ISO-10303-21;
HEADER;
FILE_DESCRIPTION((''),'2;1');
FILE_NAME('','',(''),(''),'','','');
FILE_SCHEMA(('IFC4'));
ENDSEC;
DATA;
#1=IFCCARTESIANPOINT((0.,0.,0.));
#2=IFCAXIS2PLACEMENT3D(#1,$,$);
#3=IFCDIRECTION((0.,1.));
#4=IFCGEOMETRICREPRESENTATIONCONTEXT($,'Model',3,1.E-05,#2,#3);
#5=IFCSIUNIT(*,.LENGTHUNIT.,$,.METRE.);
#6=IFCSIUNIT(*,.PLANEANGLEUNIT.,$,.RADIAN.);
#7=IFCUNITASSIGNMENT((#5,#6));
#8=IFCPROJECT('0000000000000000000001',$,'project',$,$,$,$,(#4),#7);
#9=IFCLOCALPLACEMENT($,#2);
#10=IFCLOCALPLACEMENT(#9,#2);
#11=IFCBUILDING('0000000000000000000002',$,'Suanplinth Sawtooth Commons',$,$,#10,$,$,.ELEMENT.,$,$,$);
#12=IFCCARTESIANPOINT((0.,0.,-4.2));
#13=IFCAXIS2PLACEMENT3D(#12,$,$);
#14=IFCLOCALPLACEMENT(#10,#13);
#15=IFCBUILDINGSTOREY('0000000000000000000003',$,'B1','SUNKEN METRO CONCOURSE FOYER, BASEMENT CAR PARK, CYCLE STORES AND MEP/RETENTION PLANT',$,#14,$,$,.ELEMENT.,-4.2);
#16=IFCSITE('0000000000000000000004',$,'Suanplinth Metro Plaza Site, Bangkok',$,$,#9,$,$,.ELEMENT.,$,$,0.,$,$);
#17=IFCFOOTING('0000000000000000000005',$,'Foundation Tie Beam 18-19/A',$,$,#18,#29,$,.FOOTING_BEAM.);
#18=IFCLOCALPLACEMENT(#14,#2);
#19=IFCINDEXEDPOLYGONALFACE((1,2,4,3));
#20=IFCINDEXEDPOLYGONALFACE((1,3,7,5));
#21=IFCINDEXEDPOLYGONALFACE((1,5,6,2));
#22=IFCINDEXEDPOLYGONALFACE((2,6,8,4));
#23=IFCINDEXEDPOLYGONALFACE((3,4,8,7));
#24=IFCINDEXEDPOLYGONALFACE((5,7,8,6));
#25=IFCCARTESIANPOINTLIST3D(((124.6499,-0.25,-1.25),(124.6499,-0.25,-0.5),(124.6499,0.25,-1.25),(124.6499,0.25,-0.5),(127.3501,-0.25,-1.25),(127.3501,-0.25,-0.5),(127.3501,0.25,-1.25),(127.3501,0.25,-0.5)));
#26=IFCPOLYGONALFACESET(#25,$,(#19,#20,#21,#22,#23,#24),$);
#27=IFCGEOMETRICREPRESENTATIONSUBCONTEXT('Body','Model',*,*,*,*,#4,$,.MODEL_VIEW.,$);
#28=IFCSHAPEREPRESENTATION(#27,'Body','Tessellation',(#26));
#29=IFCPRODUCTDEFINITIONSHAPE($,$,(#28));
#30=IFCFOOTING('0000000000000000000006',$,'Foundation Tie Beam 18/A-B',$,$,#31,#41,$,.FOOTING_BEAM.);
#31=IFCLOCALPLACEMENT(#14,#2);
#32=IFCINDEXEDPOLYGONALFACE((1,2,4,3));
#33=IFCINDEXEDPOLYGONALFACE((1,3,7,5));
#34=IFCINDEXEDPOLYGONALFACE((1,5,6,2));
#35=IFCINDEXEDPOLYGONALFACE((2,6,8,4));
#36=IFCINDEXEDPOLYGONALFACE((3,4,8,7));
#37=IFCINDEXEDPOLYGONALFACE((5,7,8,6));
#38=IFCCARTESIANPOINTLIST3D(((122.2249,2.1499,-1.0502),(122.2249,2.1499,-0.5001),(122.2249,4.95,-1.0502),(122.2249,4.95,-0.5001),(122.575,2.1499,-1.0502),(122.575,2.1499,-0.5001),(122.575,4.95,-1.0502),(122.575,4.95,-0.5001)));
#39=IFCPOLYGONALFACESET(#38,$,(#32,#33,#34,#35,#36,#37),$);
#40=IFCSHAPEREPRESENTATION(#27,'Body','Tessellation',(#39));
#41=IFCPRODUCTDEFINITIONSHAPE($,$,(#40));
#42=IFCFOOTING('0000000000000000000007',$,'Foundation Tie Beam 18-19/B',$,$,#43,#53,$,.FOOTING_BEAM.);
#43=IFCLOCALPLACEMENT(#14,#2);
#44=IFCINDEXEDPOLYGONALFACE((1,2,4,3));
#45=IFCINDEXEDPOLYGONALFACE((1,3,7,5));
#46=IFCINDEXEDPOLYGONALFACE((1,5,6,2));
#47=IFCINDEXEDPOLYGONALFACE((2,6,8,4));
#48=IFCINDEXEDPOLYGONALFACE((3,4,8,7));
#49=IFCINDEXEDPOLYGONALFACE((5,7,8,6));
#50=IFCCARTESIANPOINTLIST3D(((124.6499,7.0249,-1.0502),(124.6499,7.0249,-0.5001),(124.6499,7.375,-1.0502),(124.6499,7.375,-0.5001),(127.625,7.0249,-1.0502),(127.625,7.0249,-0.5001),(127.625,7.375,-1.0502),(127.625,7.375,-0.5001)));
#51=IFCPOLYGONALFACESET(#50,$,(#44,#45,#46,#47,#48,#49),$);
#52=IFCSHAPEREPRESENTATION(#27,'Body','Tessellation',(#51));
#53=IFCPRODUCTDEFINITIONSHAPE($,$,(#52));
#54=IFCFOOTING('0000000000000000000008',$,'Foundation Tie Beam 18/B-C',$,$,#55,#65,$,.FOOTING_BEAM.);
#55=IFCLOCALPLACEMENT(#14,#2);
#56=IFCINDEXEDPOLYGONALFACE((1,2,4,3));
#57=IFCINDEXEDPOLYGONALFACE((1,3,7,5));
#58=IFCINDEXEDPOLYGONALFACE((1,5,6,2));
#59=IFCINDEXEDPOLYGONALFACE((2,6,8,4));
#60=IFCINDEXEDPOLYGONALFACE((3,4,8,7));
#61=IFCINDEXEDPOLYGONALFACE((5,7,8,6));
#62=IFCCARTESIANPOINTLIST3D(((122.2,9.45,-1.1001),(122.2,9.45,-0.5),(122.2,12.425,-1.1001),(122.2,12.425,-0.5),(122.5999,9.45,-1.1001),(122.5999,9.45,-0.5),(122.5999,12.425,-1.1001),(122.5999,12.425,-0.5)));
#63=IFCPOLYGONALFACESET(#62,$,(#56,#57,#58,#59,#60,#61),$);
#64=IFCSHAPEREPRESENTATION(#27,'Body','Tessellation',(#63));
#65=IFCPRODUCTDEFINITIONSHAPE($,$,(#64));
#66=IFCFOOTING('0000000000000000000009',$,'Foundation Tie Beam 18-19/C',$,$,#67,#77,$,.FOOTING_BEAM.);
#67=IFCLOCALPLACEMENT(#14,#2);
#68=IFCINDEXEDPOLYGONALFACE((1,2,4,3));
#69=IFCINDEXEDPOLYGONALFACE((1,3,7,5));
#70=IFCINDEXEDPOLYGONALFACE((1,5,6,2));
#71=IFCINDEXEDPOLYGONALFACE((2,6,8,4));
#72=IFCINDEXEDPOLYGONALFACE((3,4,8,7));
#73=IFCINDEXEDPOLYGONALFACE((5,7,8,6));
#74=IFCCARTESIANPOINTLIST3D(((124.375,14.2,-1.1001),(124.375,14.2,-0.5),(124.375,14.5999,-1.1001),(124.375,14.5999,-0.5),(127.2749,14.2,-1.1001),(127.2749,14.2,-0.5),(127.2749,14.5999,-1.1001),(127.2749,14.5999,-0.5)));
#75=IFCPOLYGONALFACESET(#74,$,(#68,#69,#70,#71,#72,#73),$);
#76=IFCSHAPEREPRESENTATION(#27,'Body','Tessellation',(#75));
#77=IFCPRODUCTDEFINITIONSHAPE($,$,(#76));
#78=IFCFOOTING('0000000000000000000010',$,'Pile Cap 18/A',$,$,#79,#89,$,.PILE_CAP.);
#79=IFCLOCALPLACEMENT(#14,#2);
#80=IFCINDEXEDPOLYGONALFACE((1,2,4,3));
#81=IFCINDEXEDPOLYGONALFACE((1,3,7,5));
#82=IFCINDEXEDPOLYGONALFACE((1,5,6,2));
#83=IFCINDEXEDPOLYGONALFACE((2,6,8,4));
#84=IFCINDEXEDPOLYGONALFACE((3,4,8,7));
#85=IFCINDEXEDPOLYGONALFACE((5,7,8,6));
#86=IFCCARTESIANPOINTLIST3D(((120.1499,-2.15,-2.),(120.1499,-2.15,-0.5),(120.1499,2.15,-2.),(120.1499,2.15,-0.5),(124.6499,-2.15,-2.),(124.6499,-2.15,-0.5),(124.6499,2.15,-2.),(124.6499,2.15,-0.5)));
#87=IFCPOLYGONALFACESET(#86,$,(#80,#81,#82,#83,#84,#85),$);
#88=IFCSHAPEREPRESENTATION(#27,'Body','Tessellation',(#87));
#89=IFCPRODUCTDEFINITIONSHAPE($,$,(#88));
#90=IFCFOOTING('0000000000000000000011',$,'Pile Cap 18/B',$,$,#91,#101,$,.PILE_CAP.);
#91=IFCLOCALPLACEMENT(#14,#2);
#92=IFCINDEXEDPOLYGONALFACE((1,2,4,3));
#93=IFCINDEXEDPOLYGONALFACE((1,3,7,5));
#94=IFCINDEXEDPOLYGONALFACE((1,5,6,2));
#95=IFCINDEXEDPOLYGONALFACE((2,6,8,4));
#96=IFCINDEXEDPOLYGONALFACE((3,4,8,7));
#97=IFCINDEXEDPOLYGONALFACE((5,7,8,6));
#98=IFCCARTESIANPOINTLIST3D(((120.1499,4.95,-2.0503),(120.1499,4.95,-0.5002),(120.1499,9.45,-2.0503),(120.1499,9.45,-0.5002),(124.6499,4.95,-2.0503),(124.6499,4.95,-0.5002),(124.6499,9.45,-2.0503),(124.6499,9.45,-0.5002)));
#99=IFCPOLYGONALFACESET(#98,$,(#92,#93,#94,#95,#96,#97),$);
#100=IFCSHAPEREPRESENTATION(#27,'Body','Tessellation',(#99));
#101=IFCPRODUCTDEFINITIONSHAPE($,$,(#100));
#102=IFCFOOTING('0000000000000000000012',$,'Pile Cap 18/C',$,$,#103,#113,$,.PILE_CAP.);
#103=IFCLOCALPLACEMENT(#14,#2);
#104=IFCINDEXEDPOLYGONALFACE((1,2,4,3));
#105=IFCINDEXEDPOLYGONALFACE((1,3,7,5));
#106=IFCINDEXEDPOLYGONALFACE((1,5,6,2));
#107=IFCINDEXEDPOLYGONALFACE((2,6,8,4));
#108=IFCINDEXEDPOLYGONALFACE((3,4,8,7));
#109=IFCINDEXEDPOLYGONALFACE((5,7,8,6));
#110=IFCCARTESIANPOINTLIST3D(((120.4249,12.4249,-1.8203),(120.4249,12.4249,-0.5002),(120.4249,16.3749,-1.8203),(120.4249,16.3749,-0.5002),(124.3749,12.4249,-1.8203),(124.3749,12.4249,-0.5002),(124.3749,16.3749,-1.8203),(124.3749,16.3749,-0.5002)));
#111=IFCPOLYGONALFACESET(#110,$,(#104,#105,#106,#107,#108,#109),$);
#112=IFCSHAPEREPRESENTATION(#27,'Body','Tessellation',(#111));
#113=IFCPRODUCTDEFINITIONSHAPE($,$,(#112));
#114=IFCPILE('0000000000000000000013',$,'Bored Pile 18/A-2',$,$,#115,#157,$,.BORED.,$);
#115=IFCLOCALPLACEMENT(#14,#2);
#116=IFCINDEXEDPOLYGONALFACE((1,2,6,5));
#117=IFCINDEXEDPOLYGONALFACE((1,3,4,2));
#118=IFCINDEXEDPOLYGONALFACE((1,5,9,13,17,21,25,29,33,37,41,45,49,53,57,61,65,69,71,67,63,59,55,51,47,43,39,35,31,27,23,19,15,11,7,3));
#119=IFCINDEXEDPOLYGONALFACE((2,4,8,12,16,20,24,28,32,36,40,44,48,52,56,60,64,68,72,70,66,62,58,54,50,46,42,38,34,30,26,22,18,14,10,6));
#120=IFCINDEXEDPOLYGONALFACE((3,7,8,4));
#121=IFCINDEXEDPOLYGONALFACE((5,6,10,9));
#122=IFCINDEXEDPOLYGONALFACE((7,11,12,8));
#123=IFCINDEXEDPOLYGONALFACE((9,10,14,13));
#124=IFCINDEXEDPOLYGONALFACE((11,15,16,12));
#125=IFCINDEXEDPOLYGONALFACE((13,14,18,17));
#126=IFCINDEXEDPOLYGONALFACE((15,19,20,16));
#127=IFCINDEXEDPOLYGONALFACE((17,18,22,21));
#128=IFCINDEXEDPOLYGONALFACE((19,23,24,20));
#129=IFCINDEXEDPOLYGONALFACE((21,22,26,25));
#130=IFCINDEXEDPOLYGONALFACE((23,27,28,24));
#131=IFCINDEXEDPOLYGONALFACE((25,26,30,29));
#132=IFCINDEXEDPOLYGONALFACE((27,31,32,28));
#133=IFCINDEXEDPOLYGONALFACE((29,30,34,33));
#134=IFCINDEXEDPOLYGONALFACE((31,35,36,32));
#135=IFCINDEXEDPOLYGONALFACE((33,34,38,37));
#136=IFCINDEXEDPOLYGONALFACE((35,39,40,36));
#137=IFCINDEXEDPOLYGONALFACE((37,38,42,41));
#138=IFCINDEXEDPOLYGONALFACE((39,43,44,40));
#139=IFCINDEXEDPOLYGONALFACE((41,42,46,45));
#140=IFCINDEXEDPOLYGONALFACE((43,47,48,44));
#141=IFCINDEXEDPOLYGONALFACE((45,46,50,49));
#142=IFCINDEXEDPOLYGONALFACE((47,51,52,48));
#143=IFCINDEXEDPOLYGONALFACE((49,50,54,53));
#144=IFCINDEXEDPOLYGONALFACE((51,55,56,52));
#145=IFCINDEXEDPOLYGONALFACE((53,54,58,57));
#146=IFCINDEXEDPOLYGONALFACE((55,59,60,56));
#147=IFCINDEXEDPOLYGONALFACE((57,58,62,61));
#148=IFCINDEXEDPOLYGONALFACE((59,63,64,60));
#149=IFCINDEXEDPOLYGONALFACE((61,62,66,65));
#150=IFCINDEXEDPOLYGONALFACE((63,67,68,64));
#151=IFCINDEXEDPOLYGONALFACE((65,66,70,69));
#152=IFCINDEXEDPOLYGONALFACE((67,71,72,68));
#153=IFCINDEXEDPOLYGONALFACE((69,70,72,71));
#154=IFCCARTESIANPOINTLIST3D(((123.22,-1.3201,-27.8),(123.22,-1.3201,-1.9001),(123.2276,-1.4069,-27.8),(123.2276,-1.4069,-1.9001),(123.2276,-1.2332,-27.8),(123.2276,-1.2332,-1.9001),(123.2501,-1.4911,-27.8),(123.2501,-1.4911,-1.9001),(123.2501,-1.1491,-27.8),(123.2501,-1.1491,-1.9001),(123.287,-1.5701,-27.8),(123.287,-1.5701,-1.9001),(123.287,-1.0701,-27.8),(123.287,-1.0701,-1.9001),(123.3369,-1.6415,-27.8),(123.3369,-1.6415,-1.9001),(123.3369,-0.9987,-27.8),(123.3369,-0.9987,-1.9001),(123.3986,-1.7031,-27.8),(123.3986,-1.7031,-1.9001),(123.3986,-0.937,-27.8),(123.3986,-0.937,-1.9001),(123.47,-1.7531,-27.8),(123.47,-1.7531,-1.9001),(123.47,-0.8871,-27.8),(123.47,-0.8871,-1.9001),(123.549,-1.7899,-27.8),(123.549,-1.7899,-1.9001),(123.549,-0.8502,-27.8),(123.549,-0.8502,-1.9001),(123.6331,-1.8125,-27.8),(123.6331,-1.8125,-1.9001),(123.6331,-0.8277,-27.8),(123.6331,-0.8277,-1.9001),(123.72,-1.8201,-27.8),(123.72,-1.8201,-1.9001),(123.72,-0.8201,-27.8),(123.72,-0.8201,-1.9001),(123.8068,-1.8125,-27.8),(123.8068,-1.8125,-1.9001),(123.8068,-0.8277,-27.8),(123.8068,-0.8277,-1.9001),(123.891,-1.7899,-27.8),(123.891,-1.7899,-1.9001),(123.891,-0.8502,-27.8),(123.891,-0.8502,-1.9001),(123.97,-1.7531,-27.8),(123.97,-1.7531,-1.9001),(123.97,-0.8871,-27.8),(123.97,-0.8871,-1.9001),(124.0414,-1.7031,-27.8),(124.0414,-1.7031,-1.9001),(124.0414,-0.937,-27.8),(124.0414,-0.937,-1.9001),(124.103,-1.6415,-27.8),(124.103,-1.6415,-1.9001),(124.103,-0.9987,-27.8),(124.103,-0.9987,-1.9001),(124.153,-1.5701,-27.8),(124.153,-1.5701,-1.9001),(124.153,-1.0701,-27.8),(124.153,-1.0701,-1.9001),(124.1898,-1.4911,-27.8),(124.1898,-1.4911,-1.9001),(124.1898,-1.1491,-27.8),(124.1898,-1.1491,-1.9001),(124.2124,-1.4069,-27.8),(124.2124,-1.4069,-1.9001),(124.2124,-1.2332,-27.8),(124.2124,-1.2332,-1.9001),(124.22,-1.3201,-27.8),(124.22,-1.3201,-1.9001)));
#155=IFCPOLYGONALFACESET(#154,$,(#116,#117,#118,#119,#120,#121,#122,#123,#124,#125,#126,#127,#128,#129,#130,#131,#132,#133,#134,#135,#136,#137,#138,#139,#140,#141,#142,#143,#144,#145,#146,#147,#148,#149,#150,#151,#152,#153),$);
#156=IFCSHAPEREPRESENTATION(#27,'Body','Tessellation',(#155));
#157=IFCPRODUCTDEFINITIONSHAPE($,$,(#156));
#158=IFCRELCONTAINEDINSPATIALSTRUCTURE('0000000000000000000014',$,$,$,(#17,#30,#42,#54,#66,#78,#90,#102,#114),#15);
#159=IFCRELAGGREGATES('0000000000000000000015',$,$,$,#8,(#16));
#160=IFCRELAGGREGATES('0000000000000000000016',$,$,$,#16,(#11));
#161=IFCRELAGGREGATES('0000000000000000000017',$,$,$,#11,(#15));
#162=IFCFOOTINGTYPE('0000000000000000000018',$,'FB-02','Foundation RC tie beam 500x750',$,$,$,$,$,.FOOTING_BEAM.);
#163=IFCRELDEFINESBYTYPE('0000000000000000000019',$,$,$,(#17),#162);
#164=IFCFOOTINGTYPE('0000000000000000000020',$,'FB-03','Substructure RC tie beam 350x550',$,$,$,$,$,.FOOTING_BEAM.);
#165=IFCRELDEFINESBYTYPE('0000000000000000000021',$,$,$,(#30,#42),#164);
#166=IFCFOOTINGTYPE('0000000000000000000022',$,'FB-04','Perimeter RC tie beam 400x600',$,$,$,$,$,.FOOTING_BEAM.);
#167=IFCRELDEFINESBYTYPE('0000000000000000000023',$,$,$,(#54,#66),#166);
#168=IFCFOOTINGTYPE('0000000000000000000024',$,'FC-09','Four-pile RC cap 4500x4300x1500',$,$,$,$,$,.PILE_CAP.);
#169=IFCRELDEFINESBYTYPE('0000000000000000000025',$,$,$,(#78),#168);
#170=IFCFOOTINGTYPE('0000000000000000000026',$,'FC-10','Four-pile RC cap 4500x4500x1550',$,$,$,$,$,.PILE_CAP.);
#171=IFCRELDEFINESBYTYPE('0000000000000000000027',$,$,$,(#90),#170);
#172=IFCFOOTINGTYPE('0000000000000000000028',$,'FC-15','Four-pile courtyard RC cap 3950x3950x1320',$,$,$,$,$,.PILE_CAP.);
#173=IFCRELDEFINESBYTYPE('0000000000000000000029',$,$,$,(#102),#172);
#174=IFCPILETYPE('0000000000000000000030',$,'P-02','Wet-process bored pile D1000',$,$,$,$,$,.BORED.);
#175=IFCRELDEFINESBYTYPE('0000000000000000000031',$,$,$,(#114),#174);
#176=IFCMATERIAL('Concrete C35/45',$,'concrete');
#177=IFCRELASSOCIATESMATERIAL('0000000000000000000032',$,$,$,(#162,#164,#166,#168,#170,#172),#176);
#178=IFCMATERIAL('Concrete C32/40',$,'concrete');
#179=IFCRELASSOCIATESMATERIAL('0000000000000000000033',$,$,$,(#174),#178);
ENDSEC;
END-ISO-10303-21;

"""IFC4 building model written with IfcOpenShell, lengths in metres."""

from ifc_helpers import new_model, si_unit, direction, frame, origin, origin_2d, place, context, subcontext, project, spatial, rectangle, circle, extrude, material, material_profile, profile_set, type_object, element, save


model = new_model("IFC4")

# Units and contexts
model_context = context("Model", 3, precision=1e-05, world=origin(), true_north=direction((0.0, 1.0)))
body_context = subcontext(model_context, "Body", "Model", "MODEL_VIEW")
ifc_project = project(units=[si_unit("LENGTHUNIT", "METRE"), si_unit("PLANEANGLEUNIT", "RADIAN")], contexts=[model_context])

# Site, building, storey
site_placement = place(None, origin())
site = spatial("IfcSite", under=ifc_project, at=site_placement, Name="Suanplinth Metro Plaza Site, Bangkok", CompositionType="ELEMENT", RefElevation=0.0)
building_placement = place(site_placement, origin())
building = spatial("IfcBuilding", under=site, at=building_placement, Name="Suanplinth Sawtooth Commons", CompositionType="ELEMENT")
storey_placement = place(building_placement, frame((0.0, 0.0, -4.2)))
storey = spatial("IfcBuildingStorey", under=building, at=storey_placement, Name="B1", Description="SUNKEN METRO CONCOURSE FOYER, BASEMENT CAR PARK, CYCLE STORES AND MEP/RETENTION PLANT", CompositionType="ELEMENT", Elevation=-4.2)

# Footings
ifc_material_1 = material(Name="Concrete C35/45", Category="concrete")
ifc_material_profile_1 = material_profile(ifc_material_1, rectangle(XDim=0.5, YDim=0.75, at=origin_2d()), Name="RC-GDR 500x750")
ifc_profile_set_1 = profile_set([ifc_material_profile_1], Name="Concrete C35/45")
footing_type_1 = type_object("IfcFootingType", Name="FB-02", Description="Foundation RC tie beam 500x750", PredefinedType="FOOTING_BEAM", material=ifc_profile_set_1)
footing_1_placement = place(storey_placement, frame((124.6499, 0.0, -0.875), z_axis=(1.0, 0.0, 0.0), x_axis=(0.0, 1.0, 0.0)))
element("IfcFooting", 1, at=footing_1_placement, inside=storey, type_object=footing_type_1, Name="Foundation Tie Beam 18-19/A", PredefinedType="FOOTING_BEAM", context=body_context, shape_type="SweptSolid", body=[
    extrude(rectangle(XDim=0.5, YDim=0.75, at=origin_2d()), origin(), (0.0, 0.0, 1.0), 2.7002),
])
ifc_material_profile_2 = material_profile(ifc_material_1, rectangle(XDim=0.3501, YDim=0.55, at=origin_2d()), Name="PC-BM 350x550")
ifc_profile_set_2 = profile_set([ifc_material_profile_2], Name="Concrete C35/45")
footing_type_2 = type_object("IfcFootingType", Name="FB-03", Description="Substructure RC tie beam 350x550", PredefinedType="FOOTING_BEAM", material=ifc_profile_set_2)
footing_2_placement = place(storey_placement, frame((122.3999, 2.1499, -0.7751), z_axis=(0.0, 1.0, 0.0), x_axis=(-1.0, 0.0, 0.0)))
element("IfcFooting", 2, at=footing_2_placement, inside=storey, type_object=footing_type_2, Name="Foundation Tie Beam 18/A-B", PredefinedType="FOOTING_BEAM", context=body_context, shape_type="SweptSolid", body=[
    extrude(rectangle(XDim=0.3501, YDim=0.55, at=origin_2d()), origin(), (0.0, 0.0, 1.0), 2.8),
])
footing_3_placement = place(storey_placement, frame((124.6499, 7.2, -0.7751), z_axis=(1.0, 0.0, 0.0), x_axis=(0.0, 1.0, 0.0)))
element("IfcFooting", 3, at=footing_3_placement, inside=storey, type_object=footing_type_2, Name="Foundation Tie Beam 18-19/B", PredefinedType="FOOTING_BEAM", context=body_context, shape_type="SweptSolid", body=[
    extrude(rectangle(XDim=0.3501, YDim=0.55, at=origin_2d()), origin(), (0.0, 0.0, 1.0), 2.9751),
])
ifc_material_profile_3 = material_profile(ifc_material_1, rectangle(XDim=0.3999, YDim=0.6001, at=origin_2d()), Name="PC-GDR 400x600")
ifc_profile_set_3 = profile_set([ifc_material_profile_3], Name="Concrete C35/45")
footing_type_3 = type_object("IfcFootingType", Name="FB-04", Description="Perimeter RC tie beam 400x600", PredefinedType="FOOTING_BEAM", material=ifc_profile_set_3)
footing_4_placement = place(storey_placement, frame((122.3999, 9.45, -0.8), z_axis=(0.0, 1.0, 0.0), x_axis=(-1.0, 0.0, 0.0)))
element("IfcFooting", 4, at=footing_4_placement, inside=storey, type_object=footing_type_3, Name="Foundation Tie Beam 18/B-C", PredefinedType="FOOTING_BEAM", context=body_context, shape_type="SweptSolid", body=[
    extrude(rectangle(XDim=0.3999, YDim=0.6001, at=origin_2d()), origin(), (0.0, 0.0, 1.0), 2.9751),
])
footing_5_placement = place(storey_placement, frame((124.375, 14.3999, -0.8), z_axis=(1.0, 0.0, 0.0), x_axis=(0.0, 1.0, 0.0)))
element("IfcFooting", 5, at=footing_5_placement, inside=storey, type_object=footing_type_3, Name="Foundation Tie Beam 18-19/C", PredefinedType="FOOTING_BEAM", context=body_context, shape_type="SweptSolid", body=[
    extrude(rectangle(XDim=0.3999, YDim=0.6001, at=origin_2d()), origin(), (0.0, 0.0, 1.0), 2.8999),
])
footing_type_4 = type_object("IfcFootingType", Name="FC-09", Description="Four-pile RC cap 4500x4300x1500", PredefinedType="PILE_CAP", material=ifc_material_1)
footing_6_placement = place(storey_placement, frame((122.3999, 0.0, -2.0), z_axis=(0.0, 0.0, 1.0), x_axis=(1.0, 0.0, 0.0)))
element("IfcFooting", 6, at=footing_6_placement, inside=storey, type_object=footing_type_4, Name="Pile Cap 18/A", PredefinedType="PILE_CAP", context=body_context, shape_type="SweptSolid", body=[
    extrude(rectangle(XDim=4.5, YDim=4.3, at=origin_2d()), origin(), (0.0, 0.0, 1.0), 1.5),
])
footing_type_5 = type_object("IfcFootingType", Name="FC-10", Description="Four-pile RC cap 4500x4500x1550", PredefinedType="PILE_CAP", material=ifc_material_1)
footing_7_placement = place(storey_placement, frame((122.3999, 7.2, -2.0503), z_axis=(0.0, 0.0, 1.0), x_axis=(1.0, 0.0, 0.0)))
element("IfcFooting", 7, at=footing_7_placement, inside=storey, type_object=footing_type_5, Name="Pile Cap 18/B", PredefinedType="PILE_CAP", context=body_context, shape_type="SweptSolid", body=[
    extrude(rectangle(XDim=4.5, YDim=4.5, at=origin_2d()), origin(), (0.0, 0.0, 1.0), 1.55),
])
footing_type_6 = type_object("IfcFootingType", Name="FC-15", Description="Four-pile courtyard RC cap 3950x3950x1320", PredefinedType="PILE_CAP", material=ifc_material_1)
footing_8_placement = place(storey_placement, frame((122.3999, 14.3999, -1.8203), z_axis=(0.0, 0.0, 1.0), x_axis=(1.0, 0.0, 0.0)))
element("IfcFooting", 8, at=footing_8_placement, inside=storey, type_object=footing_type_6, Name="Pile Cap 18/C", PredefinedType="PILE_CAP", context=body_context, shape_type="SweptSolid", body=[
    extrude(rectangle(XDim=3.95, YDim=3.95, at=origin_2d()), origin(), (0.0, 0.0, 1.0), 1.3201),
])

# Pile
ifc_material_2 = material(Name="Concrete C32/40", Category="concrete")
ifc_material_profile_4 = material_profile(ifc_material_2, circle(Radius=0.5, at=origin_2d()), Name="PILE D1000")
ifc_profile_set_4 = profile_set([ifc_material_profile_4], Name="Concrete C32/40")
pile_type = type_object("IfcPileType", Name="P-02", Description="Wet-process bored pile D1000", PredefinedType="BORED", material=ifc_profile_set_4)
for number, where, z_axis, x_axis, name in (
    (9, (123.72, -1.3201, -1.9001), (0.0, 0.0, -1.0), (1.0, 0.0, 0.0), "Bored Pile 18/A-2"),
):
    element("IfcPile", number, at=place(storey_placement, frame(where, z_axis=z_axis, x_axis=x_axis)), inside=storey, type_object=pile_type, Name=name, PredefinedType="BORED", context=body_context, shape_type="SweptSolid", body=[
        extrude(circle(Radius=0.5, at=origin_2d()), origin(), (0.0, 0.0, 1.0), 25.8999),
    ])

save(model, "model.ifc")
